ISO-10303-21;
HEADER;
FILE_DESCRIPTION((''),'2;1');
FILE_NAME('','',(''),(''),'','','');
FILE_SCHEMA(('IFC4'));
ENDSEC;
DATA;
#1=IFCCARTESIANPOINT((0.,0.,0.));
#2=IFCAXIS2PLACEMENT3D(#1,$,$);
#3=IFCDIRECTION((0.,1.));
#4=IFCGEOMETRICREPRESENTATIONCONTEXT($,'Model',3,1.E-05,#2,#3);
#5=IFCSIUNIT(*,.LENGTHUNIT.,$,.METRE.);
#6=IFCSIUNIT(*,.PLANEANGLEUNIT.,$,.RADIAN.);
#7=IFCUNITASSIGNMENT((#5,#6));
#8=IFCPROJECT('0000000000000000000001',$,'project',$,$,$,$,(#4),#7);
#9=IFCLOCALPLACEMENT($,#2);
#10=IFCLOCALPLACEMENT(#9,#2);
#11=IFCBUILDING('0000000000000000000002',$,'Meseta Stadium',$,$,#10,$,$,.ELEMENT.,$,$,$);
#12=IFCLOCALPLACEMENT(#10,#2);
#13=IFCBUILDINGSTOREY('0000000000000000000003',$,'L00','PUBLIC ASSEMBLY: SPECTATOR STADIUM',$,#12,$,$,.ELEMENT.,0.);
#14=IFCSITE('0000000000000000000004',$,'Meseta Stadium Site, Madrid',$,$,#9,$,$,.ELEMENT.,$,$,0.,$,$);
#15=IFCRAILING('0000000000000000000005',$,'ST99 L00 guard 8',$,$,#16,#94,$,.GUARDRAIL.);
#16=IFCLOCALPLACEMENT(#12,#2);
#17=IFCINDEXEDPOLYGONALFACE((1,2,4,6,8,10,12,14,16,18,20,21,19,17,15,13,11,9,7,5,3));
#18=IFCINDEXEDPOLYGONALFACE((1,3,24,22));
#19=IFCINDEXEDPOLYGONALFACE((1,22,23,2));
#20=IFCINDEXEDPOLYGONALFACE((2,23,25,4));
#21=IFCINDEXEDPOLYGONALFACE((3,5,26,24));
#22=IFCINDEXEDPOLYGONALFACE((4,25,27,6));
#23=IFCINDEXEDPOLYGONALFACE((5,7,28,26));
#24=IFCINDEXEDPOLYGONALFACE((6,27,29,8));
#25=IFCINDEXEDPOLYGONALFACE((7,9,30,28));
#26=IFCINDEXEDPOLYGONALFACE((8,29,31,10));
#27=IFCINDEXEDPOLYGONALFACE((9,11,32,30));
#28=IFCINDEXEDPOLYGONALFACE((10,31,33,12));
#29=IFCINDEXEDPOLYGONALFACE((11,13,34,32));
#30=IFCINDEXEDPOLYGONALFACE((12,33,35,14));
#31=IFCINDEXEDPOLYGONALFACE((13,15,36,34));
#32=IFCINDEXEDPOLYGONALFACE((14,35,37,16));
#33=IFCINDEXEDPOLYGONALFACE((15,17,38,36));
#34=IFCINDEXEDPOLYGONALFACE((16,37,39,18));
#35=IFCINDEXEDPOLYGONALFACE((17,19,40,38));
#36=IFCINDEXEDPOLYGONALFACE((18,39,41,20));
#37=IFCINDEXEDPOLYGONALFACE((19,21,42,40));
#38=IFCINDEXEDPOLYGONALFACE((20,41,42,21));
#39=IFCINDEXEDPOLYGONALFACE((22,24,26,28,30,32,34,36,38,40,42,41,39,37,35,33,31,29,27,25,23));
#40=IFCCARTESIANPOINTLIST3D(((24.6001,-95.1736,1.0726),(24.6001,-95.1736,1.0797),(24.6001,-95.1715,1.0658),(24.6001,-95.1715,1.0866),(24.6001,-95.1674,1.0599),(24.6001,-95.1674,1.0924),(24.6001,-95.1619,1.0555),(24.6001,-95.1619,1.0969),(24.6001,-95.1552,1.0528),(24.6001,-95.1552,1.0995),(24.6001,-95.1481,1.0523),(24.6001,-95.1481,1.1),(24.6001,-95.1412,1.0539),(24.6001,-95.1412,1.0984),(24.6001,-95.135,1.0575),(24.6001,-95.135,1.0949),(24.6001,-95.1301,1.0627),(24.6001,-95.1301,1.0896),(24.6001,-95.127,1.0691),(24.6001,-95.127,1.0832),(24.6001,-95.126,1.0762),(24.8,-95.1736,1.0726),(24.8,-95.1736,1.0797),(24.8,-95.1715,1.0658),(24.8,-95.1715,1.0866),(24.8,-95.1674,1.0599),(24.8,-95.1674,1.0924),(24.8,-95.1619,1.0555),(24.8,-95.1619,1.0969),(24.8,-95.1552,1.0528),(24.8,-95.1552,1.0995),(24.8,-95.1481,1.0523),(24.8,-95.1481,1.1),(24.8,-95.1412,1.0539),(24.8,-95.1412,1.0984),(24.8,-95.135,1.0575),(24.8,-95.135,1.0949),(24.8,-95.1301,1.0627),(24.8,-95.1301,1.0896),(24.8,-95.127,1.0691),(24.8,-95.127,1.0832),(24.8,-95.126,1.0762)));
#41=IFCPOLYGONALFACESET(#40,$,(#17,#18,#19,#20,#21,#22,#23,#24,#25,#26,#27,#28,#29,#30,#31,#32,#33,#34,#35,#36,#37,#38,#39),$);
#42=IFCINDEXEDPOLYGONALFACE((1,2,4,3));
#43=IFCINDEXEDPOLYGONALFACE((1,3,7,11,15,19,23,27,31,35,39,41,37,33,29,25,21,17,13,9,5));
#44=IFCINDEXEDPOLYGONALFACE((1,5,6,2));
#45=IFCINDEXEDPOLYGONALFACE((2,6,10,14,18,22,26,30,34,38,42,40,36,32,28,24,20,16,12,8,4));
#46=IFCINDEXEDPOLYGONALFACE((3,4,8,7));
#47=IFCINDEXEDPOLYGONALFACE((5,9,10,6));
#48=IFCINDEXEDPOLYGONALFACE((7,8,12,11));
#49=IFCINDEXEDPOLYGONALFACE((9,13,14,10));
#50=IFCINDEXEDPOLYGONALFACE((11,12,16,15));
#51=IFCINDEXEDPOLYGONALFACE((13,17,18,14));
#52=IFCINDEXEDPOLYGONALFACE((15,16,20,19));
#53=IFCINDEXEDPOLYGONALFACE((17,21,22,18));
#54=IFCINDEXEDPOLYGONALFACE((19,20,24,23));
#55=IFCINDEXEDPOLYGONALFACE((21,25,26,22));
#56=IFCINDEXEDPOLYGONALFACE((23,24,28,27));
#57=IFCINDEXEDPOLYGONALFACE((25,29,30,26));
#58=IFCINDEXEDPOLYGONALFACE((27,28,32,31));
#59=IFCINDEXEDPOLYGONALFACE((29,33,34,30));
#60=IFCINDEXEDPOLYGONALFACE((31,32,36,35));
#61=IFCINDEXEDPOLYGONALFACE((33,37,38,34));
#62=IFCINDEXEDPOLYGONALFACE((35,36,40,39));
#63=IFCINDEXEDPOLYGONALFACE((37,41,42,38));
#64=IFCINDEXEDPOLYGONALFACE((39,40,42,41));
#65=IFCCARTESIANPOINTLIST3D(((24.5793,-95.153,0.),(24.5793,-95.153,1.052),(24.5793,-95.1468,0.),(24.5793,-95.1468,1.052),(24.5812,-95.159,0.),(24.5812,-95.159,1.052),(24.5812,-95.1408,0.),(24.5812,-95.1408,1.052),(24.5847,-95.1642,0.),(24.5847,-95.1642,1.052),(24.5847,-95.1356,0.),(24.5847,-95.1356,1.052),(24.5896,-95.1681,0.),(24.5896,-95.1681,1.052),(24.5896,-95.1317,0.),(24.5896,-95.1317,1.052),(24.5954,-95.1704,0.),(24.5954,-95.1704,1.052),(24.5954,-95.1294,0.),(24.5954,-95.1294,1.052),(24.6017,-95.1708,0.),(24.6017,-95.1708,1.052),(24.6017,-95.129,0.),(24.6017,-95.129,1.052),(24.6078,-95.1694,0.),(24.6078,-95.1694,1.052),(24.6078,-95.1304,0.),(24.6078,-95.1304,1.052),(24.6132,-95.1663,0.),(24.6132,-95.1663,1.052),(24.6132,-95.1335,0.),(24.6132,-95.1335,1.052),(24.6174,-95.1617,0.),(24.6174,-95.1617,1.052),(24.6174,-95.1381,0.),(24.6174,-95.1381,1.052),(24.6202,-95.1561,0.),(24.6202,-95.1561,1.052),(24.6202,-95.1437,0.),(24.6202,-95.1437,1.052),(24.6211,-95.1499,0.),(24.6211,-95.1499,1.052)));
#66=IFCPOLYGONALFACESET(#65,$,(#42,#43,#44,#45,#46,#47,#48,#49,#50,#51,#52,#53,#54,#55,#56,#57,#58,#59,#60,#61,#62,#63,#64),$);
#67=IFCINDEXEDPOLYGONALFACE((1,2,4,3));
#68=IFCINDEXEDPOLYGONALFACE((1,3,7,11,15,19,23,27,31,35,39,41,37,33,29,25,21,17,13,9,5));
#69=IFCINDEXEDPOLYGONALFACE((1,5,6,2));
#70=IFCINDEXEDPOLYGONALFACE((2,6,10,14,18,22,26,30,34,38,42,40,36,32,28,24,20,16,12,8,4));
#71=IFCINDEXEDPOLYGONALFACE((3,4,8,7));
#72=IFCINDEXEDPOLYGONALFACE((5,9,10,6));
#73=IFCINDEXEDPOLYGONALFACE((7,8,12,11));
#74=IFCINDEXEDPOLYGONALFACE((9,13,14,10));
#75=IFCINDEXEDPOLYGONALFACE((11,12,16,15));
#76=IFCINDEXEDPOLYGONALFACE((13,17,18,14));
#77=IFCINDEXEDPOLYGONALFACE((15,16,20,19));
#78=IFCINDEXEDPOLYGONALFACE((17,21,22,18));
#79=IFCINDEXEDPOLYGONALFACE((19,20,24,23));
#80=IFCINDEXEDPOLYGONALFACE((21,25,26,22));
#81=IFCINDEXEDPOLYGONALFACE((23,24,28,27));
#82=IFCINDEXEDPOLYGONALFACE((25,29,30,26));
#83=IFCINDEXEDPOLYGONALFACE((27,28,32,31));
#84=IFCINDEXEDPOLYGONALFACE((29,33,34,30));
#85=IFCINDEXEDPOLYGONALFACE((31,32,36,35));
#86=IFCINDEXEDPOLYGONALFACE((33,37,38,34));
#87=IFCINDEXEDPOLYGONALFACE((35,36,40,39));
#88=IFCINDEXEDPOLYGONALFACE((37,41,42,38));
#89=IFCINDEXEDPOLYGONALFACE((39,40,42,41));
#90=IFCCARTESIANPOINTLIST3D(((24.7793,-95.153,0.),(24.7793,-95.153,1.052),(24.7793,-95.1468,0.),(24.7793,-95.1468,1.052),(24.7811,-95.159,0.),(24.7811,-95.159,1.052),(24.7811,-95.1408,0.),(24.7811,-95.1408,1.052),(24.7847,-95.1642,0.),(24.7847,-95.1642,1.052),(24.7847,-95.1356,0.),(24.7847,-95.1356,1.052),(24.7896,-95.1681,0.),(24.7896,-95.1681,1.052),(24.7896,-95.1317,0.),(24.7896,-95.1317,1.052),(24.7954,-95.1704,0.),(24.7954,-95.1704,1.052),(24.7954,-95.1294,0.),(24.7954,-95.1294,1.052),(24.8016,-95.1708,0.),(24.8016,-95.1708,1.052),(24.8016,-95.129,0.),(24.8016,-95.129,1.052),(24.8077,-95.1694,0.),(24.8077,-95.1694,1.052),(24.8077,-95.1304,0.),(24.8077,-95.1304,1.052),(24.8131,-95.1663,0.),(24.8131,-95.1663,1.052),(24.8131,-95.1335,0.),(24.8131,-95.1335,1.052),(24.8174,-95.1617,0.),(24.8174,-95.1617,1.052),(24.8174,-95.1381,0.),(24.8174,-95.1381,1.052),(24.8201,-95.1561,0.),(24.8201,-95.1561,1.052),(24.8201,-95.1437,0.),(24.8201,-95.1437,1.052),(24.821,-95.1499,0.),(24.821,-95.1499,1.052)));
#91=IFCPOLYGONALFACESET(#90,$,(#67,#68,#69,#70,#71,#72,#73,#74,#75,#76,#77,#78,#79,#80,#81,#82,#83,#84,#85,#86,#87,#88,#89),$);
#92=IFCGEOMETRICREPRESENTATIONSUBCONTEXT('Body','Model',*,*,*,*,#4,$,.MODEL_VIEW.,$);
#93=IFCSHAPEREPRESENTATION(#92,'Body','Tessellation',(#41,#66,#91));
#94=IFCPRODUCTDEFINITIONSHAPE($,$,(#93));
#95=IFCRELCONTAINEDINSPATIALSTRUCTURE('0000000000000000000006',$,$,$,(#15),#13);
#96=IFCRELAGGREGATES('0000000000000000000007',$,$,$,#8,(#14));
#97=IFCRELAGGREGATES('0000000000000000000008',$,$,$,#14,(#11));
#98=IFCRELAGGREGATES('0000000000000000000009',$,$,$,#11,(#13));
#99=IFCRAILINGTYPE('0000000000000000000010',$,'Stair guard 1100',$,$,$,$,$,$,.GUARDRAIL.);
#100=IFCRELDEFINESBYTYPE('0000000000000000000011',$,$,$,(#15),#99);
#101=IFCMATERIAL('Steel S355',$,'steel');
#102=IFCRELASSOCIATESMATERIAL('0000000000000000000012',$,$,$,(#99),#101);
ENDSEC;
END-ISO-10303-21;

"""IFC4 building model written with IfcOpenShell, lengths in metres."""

from ifc_helpers import new_model, si_unit, direction, frame, origin, origin_2d, place, context, subcontext, project, spatial, circle, extrude, material, type_object, element, save


model = new_model("IFC4")

# Units and contexts
model_context = context("Model", 3, precision=1e-05, world=origin(), true_north=direction((0.0, 1.0)))
body_context = subcontext(model_context, "Body", "Model", "MODEL_VIEW")
ifc_project = project(units=[si_unit("LENGTHUNIT", "METRE"), si_unit("PLANEANGLEUNIT", "RADIAN")], contexts=[model_context])

# Site, building, storey
site_placement = place(None, origin())
site = spatial("IfcSite", under=ifc_project, at=site_placement, Name="Meseta Stadium Site, Madrid", CompositionType="ELEMENT", RefElevation=0.0)
building_placement = place(site_placement, origin())
building = spatial("IfcBuilding", under=site, at=building_placement, Name="Meseta Stadium", CompositionType="ELEMENT")
storey_placement = place(building_placement, origin())
storey = spatial("IfcBuildingStorey", under=building, at=storey_placement, Name="L00", Description="PUBLIC ASSEMBLY: SPECTATOR STADIUM", CompositionType="ELEMENT", Elevation=0.0)

# Railing
ifc_material_1 = material(Name="Steel S355", Category="steel")
railing_type_1 = type_object("IfcRailingType", Name="Stair guard 1100", PredefinedType="GUARDRAIL", material=ifc_material_1)
railing_1_placement = place(storey_placement, frame((24.6001, -95.1499, 0.0)))
element("IfcRailing", 1, at=railing_1_placement, inside=storey, type_object=railing_type_1, Name="ST99 L00 guard 8", PredefinedType="GUARDRAIL", context=body_context, shape_type="SweptSolid", body=[
    extrude(circle(Radius=0.0239, at=origin_2d()), frame((0.0, 0.0, 1.0762), z_axis=(1.0, 0.0, 0.0), x_axis=(0.0, 1.0, 0.0)), (0.0, 0.0, 1.0), 0.2),
    extrude(circle(Radius=0.021, at=origin_2d()), origin(), (0.0, 0.0, 1.0), 1.052),
    extrude(circle(Radius=0.021, at=origin_2d()), frame((0.2, 0.0, 0.0)), (0.0, 0.0, 1.0), 1.052),
])

save(model, "model.ifc")
